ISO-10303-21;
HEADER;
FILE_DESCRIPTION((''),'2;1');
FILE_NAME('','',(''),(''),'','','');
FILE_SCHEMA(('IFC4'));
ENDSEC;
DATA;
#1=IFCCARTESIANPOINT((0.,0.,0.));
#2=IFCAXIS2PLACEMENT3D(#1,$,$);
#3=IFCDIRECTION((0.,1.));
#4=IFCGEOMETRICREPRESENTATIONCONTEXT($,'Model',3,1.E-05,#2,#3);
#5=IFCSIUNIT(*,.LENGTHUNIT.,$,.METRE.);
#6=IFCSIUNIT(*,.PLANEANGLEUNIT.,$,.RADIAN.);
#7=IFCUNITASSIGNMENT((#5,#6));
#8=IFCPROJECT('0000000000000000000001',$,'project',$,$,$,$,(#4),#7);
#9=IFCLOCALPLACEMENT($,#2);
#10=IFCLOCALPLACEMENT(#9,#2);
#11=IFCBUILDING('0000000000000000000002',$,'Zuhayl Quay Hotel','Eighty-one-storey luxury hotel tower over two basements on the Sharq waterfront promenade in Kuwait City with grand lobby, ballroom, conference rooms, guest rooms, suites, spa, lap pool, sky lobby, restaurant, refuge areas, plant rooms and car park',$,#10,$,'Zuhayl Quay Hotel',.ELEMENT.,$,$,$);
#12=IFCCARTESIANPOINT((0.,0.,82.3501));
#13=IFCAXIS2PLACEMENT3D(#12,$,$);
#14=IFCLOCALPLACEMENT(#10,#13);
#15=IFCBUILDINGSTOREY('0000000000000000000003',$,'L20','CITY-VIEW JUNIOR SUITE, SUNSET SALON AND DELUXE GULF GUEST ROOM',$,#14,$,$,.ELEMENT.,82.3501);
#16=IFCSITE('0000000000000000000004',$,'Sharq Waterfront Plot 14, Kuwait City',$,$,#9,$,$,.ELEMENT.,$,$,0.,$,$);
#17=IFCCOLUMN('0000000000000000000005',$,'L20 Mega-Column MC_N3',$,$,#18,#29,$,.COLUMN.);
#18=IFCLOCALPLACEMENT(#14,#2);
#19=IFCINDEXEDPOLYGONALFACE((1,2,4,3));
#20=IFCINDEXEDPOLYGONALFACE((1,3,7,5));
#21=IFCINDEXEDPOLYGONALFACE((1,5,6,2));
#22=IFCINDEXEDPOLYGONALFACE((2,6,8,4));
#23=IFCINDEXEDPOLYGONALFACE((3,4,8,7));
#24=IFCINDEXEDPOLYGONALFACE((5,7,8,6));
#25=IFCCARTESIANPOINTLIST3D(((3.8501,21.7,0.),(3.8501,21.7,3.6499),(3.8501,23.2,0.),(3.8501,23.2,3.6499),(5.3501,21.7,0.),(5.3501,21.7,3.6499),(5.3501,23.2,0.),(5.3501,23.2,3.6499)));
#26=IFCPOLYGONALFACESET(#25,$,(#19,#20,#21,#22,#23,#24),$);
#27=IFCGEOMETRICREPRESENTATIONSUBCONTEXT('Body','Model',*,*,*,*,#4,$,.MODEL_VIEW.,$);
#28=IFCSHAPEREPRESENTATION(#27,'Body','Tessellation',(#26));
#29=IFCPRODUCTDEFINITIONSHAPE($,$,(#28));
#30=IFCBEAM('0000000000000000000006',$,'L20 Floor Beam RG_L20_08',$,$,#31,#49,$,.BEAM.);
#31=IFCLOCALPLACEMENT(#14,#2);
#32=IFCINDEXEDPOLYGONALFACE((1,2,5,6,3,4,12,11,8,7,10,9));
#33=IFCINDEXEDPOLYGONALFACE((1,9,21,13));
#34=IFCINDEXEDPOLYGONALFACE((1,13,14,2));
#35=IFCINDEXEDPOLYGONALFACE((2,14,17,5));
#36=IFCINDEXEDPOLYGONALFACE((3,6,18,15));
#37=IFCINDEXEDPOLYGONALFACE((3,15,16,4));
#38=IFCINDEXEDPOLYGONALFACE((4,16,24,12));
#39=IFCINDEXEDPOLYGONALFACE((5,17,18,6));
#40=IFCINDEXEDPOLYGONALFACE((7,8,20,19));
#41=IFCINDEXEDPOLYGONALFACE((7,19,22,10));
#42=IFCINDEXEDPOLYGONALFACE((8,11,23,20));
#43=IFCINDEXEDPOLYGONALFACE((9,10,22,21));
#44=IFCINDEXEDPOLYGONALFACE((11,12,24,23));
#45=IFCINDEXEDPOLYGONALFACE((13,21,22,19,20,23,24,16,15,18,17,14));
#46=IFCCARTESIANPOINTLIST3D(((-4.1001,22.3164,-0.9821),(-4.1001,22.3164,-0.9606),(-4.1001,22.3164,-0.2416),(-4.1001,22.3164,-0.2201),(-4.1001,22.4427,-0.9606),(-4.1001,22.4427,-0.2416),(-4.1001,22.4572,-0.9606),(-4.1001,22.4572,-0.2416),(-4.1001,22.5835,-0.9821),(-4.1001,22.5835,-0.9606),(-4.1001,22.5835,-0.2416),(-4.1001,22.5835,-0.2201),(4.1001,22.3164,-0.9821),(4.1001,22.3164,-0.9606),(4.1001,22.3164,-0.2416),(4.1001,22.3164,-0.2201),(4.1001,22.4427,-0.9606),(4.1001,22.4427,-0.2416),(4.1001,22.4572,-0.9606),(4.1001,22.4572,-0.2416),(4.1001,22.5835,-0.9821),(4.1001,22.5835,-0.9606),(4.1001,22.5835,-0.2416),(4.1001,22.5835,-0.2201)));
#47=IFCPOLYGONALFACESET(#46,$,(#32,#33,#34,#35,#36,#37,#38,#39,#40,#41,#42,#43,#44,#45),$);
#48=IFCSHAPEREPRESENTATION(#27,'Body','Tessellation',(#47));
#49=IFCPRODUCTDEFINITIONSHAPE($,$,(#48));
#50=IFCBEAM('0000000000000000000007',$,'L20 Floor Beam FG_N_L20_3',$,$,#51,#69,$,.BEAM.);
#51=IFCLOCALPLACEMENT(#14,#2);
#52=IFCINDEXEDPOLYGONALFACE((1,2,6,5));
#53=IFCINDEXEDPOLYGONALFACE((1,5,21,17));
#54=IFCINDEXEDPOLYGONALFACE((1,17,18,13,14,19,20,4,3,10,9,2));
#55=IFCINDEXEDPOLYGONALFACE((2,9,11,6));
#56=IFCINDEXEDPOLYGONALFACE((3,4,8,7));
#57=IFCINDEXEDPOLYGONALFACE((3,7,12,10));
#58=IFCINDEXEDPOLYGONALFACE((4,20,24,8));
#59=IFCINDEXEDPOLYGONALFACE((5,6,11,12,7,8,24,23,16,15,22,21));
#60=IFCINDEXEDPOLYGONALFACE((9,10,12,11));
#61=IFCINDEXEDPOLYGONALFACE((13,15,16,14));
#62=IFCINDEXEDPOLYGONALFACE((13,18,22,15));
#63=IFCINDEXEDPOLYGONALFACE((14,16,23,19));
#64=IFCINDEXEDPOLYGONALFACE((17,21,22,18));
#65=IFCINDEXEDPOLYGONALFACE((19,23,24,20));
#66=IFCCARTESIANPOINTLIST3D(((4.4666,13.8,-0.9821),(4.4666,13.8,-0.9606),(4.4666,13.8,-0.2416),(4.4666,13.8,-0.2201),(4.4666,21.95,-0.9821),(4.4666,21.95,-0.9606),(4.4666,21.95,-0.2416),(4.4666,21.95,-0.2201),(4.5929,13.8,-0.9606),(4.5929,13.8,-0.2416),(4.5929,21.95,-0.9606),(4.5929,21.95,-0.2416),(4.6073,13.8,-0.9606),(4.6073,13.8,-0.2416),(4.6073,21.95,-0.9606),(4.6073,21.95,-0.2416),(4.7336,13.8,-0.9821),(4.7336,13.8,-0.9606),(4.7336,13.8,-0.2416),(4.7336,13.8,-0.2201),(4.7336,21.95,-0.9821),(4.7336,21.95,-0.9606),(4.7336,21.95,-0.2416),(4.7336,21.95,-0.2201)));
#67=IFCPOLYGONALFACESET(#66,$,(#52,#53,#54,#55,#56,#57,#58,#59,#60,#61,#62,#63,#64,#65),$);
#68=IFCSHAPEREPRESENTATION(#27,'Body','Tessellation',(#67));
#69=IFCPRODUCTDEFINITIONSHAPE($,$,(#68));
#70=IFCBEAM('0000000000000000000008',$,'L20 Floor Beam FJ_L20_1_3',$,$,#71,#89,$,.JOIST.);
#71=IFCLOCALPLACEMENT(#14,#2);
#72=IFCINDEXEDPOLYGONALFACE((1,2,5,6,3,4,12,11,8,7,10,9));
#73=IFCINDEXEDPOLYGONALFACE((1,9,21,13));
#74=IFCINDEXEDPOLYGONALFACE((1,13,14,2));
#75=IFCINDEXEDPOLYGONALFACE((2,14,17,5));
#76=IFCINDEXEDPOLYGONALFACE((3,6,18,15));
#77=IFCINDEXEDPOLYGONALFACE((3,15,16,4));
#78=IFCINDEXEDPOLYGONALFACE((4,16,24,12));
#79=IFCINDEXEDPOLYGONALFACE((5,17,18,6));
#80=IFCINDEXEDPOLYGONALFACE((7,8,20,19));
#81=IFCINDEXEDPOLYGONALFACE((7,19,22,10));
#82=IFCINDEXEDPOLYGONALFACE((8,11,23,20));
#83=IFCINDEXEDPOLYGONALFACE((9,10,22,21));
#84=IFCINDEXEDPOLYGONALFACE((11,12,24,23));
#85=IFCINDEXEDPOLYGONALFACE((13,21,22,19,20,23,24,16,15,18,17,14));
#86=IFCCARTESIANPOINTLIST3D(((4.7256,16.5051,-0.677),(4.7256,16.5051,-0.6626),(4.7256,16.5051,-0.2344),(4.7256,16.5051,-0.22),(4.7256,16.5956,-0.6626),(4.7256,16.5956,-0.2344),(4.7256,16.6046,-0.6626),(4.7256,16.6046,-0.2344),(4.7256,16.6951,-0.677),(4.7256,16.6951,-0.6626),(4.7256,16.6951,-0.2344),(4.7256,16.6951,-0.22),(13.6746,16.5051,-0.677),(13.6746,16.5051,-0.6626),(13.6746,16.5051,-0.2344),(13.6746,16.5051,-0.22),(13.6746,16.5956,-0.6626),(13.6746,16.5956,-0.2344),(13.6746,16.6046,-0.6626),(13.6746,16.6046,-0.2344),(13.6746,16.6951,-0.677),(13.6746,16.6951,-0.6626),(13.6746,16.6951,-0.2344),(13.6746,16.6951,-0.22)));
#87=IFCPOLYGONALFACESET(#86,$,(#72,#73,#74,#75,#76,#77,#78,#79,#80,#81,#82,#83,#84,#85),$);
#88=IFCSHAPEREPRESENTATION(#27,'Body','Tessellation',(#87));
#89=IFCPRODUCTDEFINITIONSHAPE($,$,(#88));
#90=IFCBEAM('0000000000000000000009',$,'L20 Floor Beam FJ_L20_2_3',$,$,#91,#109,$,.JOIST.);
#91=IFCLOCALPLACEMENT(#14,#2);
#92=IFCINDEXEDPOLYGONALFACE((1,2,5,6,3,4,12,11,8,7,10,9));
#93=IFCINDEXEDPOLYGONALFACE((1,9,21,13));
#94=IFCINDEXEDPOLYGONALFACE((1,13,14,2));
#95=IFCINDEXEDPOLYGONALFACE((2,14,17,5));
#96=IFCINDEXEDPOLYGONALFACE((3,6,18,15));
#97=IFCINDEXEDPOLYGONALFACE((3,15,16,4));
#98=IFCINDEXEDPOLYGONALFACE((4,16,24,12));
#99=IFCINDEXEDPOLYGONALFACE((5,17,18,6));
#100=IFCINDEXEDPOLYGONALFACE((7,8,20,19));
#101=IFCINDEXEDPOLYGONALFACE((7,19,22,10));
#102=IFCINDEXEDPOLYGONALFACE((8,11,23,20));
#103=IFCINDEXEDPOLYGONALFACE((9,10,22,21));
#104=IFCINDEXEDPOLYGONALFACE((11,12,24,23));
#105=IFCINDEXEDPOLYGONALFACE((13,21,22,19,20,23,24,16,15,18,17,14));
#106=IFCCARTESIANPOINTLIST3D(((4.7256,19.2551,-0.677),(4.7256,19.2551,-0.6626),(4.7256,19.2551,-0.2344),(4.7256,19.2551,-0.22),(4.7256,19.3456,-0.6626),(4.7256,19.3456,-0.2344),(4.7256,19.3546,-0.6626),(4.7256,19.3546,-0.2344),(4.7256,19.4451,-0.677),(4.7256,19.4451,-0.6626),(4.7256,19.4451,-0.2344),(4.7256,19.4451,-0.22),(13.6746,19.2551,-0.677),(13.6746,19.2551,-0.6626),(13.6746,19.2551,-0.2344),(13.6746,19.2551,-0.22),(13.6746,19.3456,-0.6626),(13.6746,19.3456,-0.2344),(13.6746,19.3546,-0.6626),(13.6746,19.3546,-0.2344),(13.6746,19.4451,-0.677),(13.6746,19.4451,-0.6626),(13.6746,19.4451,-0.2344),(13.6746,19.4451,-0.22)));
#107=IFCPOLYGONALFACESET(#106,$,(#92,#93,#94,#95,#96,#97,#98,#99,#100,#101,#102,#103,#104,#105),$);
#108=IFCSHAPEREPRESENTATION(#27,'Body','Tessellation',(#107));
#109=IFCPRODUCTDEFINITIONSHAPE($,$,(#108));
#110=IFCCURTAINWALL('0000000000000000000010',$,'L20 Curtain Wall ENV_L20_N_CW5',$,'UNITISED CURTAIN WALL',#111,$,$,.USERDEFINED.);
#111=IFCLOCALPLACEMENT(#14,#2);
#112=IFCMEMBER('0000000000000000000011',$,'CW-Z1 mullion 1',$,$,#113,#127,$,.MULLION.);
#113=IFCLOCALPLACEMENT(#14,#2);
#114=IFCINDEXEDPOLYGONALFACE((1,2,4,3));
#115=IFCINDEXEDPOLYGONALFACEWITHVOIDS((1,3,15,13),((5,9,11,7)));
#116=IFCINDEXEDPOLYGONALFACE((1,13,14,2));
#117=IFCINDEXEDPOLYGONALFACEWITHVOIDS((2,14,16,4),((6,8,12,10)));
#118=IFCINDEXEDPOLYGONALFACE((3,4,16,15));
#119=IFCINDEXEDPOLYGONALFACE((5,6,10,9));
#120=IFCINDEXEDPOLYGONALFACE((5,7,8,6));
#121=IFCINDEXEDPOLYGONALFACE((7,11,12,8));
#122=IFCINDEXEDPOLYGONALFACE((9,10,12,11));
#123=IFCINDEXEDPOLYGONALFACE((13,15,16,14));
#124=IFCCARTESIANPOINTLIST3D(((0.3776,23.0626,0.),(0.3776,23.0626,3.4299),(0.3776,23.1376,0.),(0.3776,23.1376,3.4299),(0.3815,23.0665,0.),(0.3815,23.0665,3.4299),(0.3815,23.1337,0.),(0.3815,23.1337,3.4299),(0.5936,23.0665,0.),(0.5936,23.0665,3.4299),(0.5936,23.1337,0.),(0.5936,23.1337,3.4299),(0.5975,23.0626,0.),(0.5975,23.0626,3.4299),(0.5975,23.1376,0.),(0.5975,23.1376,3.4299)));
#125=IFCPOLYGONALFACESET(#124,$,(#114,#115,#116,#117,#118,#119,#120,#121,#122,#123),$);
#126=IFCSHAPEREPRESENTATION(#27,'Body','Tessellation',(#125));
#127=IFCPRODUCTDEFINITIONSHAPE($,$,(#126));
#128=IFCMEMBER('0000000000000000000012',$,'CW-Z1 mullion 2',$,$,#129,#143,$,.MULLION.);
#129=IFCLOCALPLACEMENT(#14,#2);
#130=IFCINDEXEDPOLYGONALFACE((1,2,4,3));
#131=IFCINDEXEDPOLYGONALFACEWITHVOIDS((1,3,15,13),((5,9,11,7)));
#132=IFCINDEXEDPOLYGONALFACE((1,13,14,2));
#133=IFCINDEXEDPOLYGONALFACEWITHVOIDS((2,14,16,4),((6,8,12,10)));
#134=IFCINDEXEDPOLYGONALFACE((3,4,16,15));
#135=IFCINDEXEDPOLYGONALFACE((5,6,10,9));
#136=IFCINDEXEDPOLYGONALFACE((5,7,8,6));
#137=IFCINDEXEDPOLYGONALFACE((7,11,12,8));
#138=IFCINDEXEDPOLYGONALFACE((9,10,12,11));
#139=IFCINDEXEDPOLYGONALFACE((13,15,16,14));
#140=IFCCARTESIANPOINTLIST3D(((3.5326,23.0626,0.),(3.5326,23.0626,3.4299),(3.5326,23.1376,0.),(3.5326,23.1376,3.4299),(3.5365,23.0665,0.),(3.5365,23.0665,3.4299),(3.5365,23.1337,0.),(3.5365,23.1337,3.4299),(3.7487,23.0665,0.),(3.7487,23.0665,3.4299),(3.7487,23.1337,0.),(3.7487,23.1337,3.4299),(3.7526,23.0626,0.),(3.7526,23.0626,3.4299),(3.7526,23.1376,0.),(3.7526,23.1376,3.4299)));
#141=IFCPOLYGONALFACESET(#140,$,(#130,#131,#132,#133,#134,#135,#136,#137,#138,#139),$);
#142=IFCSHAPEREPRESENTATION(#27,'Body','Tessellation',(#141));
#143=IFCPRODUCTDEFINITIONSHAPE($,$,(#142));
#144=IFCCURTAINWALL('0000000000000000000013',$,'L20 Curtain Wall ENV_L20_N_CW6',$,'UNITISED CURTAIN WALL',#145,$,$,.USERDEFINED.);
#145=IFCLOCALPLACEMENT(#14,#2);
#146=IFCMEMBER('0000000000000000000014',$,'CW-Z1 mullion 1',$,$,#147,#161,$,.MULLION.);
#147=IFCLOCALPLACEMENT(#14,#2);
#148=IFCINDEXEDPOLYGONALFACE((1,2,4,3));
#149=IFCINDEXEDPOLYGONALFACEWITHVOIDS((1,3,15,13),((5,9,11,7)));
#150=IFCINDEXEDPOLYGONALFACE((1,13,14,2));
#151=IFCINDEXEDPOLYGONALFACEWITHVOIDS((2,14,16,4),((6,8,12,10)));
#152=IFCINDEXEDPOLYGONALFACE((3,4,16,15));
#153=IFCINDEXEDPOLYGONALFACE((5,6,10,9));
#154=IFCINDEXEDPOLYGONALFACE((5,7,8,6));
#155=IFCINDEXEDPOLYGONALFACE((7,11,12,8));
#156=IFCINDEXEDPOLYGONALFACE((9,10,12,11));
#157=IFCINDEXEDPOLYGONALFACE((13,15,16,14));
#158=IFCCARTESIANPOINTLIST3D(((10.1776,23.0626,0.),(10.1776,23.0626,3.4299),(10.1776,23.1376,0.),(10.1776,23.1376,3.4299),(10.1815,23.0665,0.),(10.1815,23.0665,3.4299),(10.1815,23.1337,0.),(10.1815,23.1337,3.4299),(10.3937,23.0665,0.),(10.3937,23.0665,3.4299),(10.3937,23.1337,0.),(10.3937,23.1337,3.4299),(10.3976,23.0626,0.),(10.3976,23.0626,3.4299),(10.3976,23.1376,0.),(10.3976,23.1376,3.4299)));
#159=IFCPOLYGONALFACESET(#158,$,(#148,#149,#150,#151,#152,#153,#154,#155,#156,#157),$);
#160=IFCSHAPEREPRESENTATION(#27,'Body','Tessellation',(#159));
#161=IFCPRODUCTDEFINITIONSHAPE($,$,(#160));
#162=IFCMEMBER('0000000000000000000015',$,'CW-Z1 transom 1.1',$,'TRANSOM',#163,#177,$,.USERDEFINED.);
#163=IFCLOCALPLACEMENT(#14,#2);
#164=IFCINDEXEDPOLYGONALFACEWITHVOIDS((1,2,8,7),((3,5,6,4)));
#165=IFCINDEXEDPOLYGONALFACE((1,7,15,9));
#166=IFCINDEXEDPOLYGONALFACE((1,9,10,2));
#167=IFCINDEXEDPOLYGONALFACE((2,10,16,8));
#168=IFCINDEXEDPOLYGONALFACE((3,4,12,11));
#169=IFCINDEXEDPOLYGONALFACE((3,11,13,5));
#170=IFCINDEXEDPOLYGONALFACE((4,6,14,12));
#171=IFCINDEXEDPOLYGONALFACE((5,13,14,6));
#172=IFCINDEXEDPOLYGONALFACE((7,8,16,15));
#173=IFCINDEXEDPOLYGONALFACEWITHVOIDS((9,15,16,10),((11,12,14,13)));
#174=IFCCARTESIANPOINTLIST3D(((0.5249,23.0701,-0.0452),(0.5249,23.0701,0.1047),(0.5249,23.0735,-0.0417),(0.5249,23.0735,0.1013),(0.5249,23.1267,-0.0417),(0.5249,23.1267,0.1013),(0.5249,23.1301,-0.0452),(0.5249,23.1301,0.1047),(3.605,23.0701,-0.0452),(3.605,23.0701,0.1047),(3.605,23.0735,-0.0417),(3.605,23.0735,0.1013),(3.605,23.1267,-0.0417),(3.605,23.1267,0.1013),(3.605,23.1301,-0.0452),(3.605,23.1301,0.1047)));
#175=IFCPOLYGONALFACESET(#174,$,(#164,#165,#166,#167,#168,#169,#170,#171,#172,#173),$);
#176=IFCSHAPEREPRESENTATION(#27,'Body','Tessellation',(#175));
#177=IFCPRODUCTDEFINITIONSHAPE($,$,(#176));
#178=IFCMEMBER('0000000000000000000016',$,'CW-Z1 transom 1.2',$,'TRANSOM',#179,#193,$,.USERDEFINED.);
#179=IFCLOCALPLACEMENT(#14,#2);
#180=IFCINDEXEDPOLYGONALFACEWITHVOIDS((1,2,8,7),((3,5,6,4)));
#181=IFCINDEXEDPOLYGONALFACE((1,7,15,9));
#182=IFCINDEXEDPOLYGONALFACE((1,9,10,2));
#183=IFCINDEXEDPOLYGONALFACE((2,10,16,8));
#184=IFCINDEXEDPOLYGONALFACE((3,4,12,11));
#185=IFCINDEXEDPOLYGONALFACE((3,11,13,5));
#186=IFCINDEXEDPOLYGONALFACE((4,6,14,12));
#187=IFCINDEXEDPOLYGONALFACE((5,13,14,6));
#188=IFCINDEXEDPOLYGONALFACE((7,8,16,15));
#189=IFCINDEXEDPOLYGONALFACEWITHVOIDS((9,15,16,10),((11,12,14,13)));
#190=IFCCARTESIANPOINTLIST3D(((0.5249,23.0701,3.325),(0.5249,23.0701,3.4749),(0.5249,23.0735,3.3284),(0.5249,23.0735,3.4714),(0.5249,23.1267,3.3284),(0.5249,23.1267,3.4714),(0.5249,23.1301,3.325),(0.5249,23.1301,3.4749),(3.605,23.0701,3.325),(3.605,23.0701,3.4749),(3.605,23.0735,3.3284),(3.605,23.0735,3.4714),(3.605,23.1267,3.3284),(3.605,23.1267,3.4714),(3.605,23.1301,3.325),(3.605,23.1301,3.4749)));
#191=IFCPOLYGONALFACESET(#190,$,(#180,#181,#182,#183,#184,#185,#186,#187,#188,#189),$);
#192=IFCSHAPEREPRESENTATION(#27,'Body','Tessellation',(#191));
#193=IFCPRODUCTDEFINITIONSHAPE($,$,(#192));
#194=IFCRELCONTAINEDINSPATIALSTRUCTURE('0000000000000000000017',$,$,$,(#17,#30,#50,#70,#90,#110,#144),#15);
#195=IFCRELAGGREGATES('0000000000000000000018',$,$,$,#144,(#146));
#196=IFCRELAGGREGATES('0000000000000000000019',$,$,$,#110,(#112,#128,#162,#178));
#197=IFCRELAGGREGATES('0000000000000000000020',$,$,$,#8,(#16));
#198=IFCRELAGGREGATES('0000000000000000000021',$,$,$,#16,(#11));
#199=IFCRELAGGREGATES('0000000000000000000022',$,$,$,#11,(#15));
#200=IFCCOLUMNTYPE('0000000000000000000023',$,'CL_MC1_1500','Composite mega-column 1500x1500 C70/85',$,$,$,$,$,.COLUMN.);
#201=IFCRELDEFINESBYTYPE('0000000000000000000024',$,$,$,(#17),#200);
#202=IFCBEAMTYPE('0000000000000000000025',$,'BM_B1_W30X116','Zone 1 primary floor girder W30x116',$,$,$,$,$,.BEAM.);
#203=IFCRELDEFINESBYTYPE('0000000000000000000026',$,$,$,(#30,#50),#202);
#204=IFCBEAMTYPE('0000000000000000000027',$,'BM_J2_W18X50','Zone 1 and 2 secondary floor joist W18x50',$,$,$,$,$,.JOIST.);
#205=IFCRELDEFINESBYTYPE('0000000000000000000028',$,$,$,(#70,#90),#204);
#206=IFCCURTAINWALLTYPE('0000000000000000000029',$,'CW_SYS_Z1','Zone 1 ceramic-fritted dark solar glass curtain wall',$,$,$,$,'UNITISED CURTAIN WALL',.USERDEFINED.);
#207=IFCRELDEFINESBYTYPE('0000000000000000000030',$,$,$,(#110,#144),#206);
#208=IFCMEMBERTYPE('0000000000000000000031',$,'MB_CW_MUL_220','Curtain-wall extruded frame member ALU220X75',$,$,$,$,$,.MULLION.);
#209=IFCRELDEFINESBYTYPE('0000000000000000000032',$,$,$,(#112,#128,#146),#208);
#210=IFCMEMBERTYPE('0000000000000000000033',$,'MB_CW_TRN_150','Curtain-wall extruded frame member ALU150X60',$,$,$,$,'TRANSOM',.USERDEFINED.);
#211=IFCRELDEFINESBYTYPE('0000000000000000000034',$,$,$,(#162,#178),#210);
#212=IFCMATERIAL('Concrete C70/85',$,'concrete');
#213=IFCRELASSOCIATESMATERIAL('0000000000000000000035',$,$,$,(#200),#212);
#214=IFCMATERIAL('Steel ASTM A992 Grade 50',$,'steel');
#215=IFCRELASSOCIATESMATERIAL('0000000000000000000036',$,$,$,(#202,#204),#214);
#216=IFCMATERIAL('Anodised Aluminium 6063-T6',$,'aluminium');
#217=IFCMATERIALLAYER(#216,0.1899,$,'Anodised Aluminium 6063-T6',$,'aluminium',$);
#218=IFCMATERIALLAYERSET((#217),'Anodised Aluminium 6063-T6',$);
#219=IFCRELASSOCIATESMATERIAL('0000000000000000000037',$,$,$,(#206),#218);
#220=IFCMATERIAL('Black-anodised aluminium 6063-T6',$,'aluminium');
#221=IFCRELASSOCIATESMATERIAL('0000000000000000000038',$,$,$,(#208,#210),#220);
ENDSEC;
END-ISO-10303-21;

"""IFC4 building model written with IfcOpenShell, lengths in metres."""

from ifc_helpers import new_model, si_unit, direction, frame, origin, origin_2d, place, context, subcontext, project, spatial, rectangle, hollow_rectangle, i_section, extrude, material, layer, layer_set, material_profile, profile_set, type_object, element, aggregate, save


model = new_model("IFC4")

# Units and contexts
model_context = context("Model", 3, precision=1e-05, world=origin(), true_north=direction((0.0, 1.0)))
body_context = subcontext(model_context, "Body", "Model", "MODEL_VIEW")
ifc_project = project(units=[si_unit("LENGTHUNIT", "METRE"), si_unit("PLANEANGLEUNIT", "RADIAN")], contexts=[model_context])

# Site, building, storey
site_placement = place(None, origin())
site = spatial("IfcSite", under=ifc_project, at=site_placement, Name="Sharq Waterfront Plot 14, Kuwait City", CompositionType="ELEMENT", RefElevation=0.0)
building_placement = place(site_placement, origin())
building = spatial("IfcBuilding", under=site, at=building_placement, Name="Zuhayl Quay Hotel", Description="Eighty-one-storey luxury hotel tower over two basements on the Sharq waterfront promenade in Kuwait City with grand lobby, ballroom, conference rooms, guest rooms, suites, spa, lap pool, sky lobby, restaurant, refuge areas, plant rooms and car park", LongName="Zuhayl Quay Hotel", CompositionType="ELEMENT")
storey_placement = place(building_placement, frame((0.0, 0.0, 82.3501)))
storey = spatial("IfcBuildingStorey", under=building, at=storey_placement, Name="L20", Description="CITY-VIEW JUNIOR SUITE, SUNSET SALON AND DELUXE GULF GUEST ROOM", CompositionType="ELEMENT", Elevation=82.3501)

# Column
ifc_material_1 = material(Name="Concrete C70/85", Category="concrete")
ifc_material_profile_1 = material_profile(ifc_material_1, rectangle(XDim=1.5, YDim=1.5, at=origin_2d()), Name="RC1500X1500")
ifc_profile_set_1 = profile_set([ifc_material_profile_1], Name="Concrete C70/85")
column_type = type_object("IfcColumnType", Name="CL_MC1_1500", Description="Composite mega-column 1500x1500 C70/85", PredefinedType="COLUMN", material=ifc_profile_set_1)
column_placement = place(storey_placement, frame((4.6001, 22.45, 0.0), z_axis=(0.0, 0.0, 1.0), x_axis=(1.0, 0.0, 0.0)))
element("IfcColumn", 1, at=column_placement, inside=storey, type_object=column_type, Name="L20 Mega-Column MC_N3", PredefinedType="COLUMN", context=body_context, shape_type="SweptSolid", body=[
    extrude(rectangle(XDim=1.5, YDim=1.5, at=origin_2d()), origin(), (0.0, 0.0, 1.0), 3.6499),
])

# Beams
ifc_material_2 = material(Name="Steel ASTM A992 Grade 50", Category="steel")
ifc_material_profile_2 = material_profile(ifc_material_2, i_section(OverallWidth=0.2671, OverallDepth=0.762, WebThickness=0.0144, FlangeThickness=0.0215, at=origin_2d()), Name="W30X116")
ifc_profile_set_2 = profile_set([ifc_material_profile_2], Name="Steel ASTM A992 Grade 50")
beam_type_1 = type_object("IfcBeamType", Name="BM_B1_W30X116", Description="Zone 1 primary floor girder W30x116", PredefinedType="BEAM", material=ifc_profile_set_2)
beam_1_placement = place(storey_placement, frame((4.1001, 22.45, -0.6011), z_axis=(-1.0, 0.0, 0.0), x_axis=(0.0, -1.0, 0.0)))
element("IfcBeam", 2, at=beam_1_placement, inside=storey, type_object=beam_type_1, Name="L20 Floor Beam RG_L20_08", PredefinedType="BEAM", context=body_context, shape_type="SweptSolid", body=[
    extrude(i_section(OverallWidth=0.2671, OverallDepth=0.762, WebThickness=0.0144, FlangeThickness=0.0215, at=origin_2d()), origin(), (0.0, 0.0, 1.0), 8.2002),
])
beam_2_placement = place(storey_placement, frame((4.6001, 13.8, -0.6011), z_axis=(0.0, 1.0, 0.0), x_axis=(-1.0, 0.0, 0.0)))
element("IfcBeam", 3, at=beam_2_placement, inside=storey, type_object=beam_type_1, Name="L20 Floor Beam FG_N_L20_3", PredefinedType="BEAM", context=body_context, shape_type="SweptSolid", body=[
    extrude(i_section(OverallWidth=0.2671, OverallDepth=0.762, WebThickness=0.0144, FlangeThickness=0.0215, at=origin_2d()), origin(), (0.0, 0.0, 1.0), 8.1499),
])
ifc_material_profile_3 = material_profile(ifc_material_2, i_section(OverallWidth=0.1899, OverallDepth=0.457, WebThickness=0.009, FlangeThickness=0.0144, at=origin_2d()), Name="W18X50")
ifc_profile_set_3 = profile_set([ifc_material_profile_3], Name="Steel ASTM A992 Grade 50")
beam_type_2 = type_object("IfcBeamType", Name="BM_J2_W18X50", Description="Zone 1 and 2 secondary floor joist W18x50", PredefinedType="JOIST", material=ifc_profile_set_3)
for number, where, z_axis, x_axis, name in (
    (4, (4.7256, 16.6001, -0.4485), (1.0, 0.0, 0.0), (0.0, 1.0, 0.0), "L20 Floor Beam FJ_L20_1_3"),
    (5, (4.7256, 19.3501, -0.4485), (1.0, 0.0, 0.0), (0.0, 1.0, 0.0), "L20 Floor Beam FJ_L20_2_3"),
):
    element("IfcBeam", number, at=place(storey_placement, frame(where, z_axis=z_axis, x_axis=x_axis)), inside=storey, type_object=beam_type_2, Name=name, PredefinedType="JOIST", context=body_context, shape_type="SweptSolid", body=[
        extrude(i_section(OverallWidth=0.1899, OverallDepth=0.457, WebThickness=0.009, FlangeThickness=0.0144, at=origin_2d()), origin(), (0.0, 0.0, 1.0), 8.949),
    ])

# Curtain wall, members
ifc_material_3 = material(Name="Anodised Aluminium 6063-T6", Category="aluminium")
ifc_layer_1 = layer(ifc_material_3, 0.1899, Name="Anodised Aluminium 6063-T6", Category="aluminium")
ifc_layer_set_1 = layer_set([ifc_layer_1], Name="Anodised Aluminium 6063-T6")
curtain_wall_type = type_object("IfcCurtainWallType", Name="CW_SYS_Z1", Description="Zone 1 ceramic-fritted dark solar glass curtain wall", ElementType="UNITISED CURTAIN WALL", PredefinedType="USERDEFINED", material=ifc_layer_set_1)
curtain_wall_1_placement = place(storey_placement, origin())
curtain_wall_1 = element("IfcCurtainWall", 6, at=curtain_wall_1_placement, inside=storey, type_object=curtain_wall_type, Name="L20 Curtain Wall ENV_L20_N_CW5", ObjectType="UNITISED CURTAIN WALL", PredefinedType="USERDEFINED")
ifc_material_4 = material(Name="Black-anodised aluminium 6063-T6", Category="aluminium")
ifc_material_profile_4 = material_profile(ifc_material_4, hollow_rectangle(XDim=0.075, YDim=0.22, WallThickness=0.0039, at=origin_2d()), Name="ALU220X75")
ifc_profile_set_4 = profile_set([ifc_material_profile_4], Name="Black-anodised aluminium 6063-T6")
member_type_1 = type_object("IfcMemberType", Name="MB_CW_MUL_220", Description="Curtain-wall extruded frame member ALU220X75", PredefinedType="MULLION", material=ifc_profile_set_4)
member_1_placement = place(storey_placement, frame((0.4875, 23.1001, 0.0), z_axis=(0.0, 0.0, 1.0), x_axis=(0.0, 1.0, 0.0)))
member_1 = element("IfcMember", 7, at=member_1_placement, type_object=member_type_1, Name="CW-Z1 mullion 1", PredefinedType="MULLION", context=body_context, shape_type="SweptSolid", body=[
    extrude(hollow_rectangle(XDim=0.075, YDim=0.22, WallThickness=0.0039, at=origin_2d()), origin(), (0.0, 0.0, 1.0), 3.4299),
])
member_2_placement = place(storey_placement, frame((3.6426, 23.1001, 0.0), z_axis=(0.0, 0.0, 1.0), x_axis=(0.0, 1.0, 0.0)))
member_2 = element("IfcMember", 8, at=member_2_placement, type_object=member_type_1, Name="CW-Z1 mullion 2", PredefinedType="MULLION", context=body_context, shape_type="SweptSolid", body=[
    extrude(hollow_rectangle(XDim=0.075, YDim=0.22, WallThickness=0.0039, at=origin_2d()), origin(), (0.0, 0.0, 1.0), 3.4299),
])

# Curtain wall, member
curtain_wall_2_placement = place(storey_placement, origin())
curtain_wall_2 = element("IfcCurtainWall", 9, at=curtain_wall_2_placement, inside=storey, type_object=curtain_wall_type, Name="L20 Curtain Wall ENV_L20_N_CW6", ObjectType="UNITISED CURTAIN WALL", PredefinedType="USERDEFINED")
member_3_placement = place(storey_placement, frame((10.2876, 23.1001, 0.0), z_axis=(0.0, 0.0, 1.0), x_axis=(0.0, 1.0, 0.0)))
member_3 = element("IfcMember", 10, at=member_3_placement, type_object=member_type_1, Name="CW-Z1 mullion 1", PredefinedType="MULLION", context=body_context, shape_type="SweptSolid", body=[
    extrude(hollow_rectangle(XDim=0.075, YDim=0.22, WallThickness=0.0039, at=origin_2d()), origin(), (0.0, 0.0, 1.0), 3.4299),
])

# Members
ifc_material_profile_5 = material_profile(ifc_material_4, hollow_rectangle(XDim=0.0601, YDim=0.1499, WallThickness=0.0034, at=origin_2d()), Name="ALU150X60")
ifc_profile_set_5 = profile_set([ifc_material_profile_5], Name="Black-anodised aluminium 6063-T6")
member_type_2 = type_object("IfcMemberType", Name="MB_CW_TRN_150", Description="Curtain-wall extruded frame member ALU150X60", ElementType="TRANSOM", PredefinedType="USERDEFINED", material=ifc_profile_set_5)
member_4_placement = place(storey_placement, frame((0.5249, 23.1001, 0.0298), z_axis=(1.0, 0.0, 0.0), x_axis=(0.0, 1.0, 0.0)))
member_4 = element("IfcMember", 11, at=member_4_placement, type_object=member_type_2, Name="CW-Z1 transom 1.1", ObjectType="TRANSOM", PredefinedType="USERDEFINED", context=body_context, shape_type="SweptSolid", body=[
    extrude(hollow_rectangle(XDim=0.0601, YDim=0.1499, WallThickness=0.0034, at=origin_2d()), origin(), (0.0, 0.0, 1.0), 3.0801),
])
member_5_placement = place(storey_placement, frame((0.5249, 23.1001, 3.3999), z_axis=(1.0, 0.0, 0.0), x_axis=(0.0, 1.0, 0.0)))
member_5 = element("IfcMember", 12, at=member_5_placement, type_object=member_type_2, Name="CW-Z1 transom 1.2", ObjectType="TRANSOM", PredefinedType="USERDEFINED", context=body_context, shape_type="SweptSolid", body=[
    extrude(hollow_rectangle(XDim=0.0601, YDim=0.1499, WallThickness=0.0034, at=origin_2d()), origin(), (0.0, 0.0, 1.0), 3.0801),
])
aggregate(curtain_wall_2, [member_3])

aggregate(curtain_wall_1, [member_1, member_2, member_4, member_5])

save(model, "model.ifc")
